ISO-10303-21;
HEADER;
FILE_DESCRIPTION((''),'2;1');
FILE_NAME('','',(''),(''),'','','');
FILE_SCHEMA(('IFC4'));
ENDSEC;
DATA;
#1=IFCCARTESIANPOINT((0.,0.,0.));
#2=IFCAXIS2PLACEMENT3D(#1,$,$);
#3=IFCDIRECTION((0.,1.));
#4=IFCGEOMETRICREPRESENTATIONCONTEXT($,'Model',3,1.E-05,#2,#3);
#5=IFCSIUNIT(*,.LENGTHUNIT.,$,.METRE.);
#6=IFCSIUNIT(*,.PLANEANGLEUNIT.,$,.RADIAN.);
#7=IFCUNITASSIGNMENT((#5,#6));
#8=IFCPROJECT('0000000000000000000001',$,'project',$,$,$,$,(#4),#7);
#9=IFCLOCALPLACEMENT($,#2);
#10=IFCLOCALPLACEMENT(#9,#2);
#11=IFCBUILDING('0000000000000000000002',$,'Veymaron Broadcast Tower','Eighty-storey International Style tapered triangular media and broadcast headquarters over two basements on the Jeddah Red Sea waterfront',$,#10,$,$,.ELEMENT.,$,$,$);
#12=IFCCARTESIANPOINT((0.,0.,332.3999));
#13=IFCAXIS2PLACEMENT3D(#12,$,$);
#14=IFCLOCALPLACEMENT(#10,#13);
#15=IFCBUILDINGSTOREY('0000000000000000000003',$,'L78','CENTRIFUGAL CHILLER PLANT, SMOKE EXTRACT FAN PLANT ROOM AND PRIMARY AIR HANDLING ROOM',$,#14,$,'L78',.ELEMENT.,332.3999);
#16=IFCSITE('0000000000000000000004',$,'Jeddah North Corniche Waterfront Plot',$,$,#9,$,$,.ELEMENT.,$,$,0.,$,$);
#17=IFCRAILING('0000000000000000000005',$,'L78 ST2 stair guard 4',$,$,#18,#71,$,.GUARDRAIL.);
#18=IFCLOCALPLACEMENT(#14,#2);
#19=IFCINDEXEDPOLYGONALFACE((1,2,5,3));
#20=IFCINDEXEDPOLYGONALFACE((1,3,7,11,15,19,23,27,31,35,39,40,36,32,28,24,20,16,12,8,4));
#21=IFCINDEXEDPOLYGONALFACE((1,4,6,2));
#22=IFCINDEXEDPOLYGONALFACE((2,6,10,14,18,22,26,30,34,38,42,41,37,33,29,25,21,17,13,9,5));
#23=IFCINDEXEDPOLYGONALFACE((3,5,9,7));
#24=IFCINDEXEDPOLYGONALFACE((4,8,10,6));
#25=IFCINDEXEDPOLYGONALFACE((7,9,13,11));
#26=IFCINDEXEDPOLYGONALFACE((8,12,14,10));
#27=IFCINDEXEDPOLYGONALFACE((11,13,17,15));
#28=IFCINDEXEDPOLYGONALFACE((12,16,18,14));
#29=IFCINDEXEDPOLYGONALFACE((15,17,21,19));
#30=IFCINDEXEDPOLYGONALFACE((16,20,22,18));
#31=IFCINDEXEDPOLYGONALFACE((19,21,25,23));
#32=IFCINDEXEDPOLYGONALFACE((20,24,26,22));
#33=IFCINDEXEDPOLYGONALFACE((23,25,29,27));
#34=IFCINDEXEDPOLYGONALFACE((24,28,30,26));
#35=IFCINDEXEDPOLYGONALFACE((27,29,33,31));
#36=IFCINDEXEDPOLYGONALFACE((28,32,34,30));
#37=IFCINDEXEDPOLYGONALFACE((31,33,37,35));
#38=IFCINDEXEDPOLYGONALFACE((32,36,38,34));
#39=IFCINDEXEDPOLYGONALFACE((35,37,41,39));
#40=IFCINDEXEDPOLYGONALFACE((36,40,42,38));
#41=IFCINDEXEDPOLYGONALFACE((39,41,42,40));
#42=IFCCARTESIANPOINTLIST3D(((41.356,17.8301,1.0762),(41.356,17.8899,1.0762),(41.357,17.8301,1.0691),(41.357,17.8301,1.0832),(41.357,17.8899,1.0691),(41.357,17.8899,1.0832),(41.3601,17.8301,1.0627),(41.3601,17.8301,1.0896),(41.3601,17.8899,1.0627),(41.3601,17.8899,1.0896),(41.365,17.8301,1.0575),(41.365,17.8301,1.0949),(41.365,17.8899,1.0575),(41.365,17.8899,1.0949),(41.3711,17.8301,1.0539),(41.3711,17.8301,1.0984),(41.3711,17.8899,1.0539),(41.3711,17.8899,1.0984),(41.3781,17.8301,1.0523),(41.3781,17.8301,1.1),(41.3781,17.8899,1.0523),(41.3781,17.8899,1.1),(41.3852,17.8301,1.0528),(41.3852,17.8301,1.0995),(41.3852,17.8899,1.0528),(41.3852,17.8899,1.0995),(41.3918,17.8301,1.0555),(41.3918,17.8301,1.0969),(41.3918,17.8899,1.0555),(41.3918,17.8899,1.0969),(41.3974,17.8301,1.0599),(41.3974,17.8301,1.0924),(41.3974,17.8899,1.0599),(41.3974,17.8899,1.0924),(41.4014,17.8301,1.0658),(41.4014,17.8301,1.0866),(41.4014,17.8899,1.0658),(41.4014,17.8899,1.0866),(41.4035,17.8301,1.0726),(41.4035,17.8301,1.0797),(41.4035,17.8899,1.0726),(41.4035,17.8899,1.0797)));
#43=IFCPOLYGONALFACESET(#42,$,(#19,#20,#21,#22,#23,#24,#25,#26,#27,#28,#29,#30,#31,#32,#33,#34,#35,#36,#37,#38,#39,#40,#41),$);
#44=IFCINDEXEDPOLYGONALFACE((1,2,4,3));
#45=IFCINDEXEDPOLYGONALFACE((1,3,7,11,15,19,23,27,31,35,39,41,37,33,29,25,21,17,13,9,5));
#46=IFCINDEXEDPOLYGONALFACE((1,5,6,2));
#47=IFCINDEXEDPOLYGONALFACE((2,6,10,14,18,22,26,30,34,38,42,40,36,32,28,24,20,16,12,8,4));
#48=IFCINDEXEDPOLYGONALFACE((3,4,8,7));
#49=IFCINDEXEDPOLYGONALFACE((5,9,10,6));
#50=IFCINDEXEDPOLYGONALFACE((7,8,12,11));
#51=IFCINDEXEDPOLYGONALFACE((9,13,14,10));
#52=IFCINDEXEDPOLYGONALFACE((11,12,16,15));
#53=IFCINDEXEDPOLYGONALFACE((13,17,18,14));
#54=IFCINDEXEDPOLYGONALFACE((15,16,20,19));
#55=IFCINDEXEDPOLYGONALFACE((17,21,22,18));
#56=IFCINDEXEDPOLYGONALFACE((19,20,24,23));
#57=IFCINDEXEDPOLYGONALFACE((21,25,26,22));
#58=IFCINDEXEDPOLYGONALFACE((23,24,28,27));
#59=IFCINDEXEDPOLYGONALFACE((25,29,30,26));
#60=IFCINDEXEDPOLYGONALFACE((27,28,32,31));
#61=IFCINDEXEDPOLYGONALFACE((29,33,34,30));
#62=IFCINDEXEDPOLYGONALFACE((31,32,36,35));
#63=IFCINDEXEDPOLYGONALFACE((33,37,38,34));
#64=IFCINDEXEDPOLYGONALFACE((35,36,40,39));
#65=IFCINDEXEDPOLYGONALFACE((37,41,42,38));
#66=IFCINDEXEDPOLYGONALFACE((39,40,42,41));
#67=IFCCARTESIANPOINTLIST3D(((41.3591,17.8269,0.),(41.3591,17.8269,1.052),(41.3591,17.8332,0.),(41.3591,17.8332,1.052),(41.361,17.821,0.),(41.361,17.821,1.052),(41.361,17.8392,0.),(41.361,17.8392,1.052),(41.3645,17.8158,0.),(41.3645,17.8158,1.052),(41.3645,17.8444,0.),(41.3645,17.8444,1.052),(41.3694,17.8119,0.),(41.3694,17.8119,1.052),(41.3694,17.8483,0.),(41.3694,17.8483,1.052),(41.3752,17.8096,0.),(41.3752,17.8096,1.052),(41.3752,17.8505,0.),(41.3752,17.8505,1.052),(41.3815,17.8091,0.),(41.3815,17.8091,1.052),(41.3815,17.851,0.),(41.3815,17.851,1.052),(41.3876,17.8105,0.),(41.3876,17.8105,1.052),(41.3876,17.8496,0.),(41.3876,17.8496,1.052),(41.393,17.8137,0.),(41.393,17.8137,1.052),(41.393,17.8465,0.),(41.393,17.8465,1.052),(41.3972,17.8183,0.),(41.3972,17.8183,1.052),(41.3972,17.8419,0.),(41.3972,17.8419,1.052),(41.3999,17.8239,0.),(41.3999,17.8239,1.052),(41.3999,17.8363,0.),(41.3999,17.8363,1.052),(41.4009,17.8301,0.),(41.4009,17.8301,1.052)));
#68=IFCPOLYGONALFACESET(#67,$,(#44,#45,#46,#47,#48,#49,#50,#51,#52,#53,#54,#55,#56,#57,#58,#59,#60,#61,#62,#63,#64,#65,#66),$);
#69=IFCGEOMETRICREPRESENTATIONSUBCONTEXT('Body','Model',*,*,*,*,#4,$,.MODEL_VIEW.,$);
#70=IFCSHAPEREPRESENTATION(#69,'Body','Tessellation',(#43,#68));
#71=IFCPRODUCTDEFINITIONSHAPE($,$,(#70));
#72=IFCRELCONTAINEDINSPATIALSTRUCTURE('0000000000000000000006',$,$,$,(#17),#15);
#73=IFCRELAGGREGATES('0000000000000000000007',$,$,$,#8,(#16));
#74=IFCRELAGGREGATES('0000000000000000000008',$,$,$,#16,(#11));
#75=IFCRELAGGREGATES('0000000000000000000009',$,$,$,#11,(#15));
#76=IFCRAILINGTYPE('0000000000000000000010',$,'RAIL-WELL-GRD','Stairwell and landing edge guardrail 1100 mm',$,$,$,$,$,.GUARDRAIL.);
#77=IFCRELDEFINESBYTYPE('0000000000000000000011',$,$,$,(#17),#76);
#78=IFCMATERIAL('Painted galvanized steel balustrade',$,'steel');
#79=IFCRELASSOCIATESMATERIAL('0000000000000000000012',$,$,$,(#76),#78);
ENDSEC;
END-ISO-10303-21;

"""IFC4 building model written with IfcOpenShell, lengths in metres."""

from ifc_helpers import new_model, si_unit, direction, frame, origin, origin_2d, place, context, subcontext, project, spatial, circle, extrude, material, type_object, element, save


model = new_model("IFC4")

# Units and contexts
model_context = context("Model", 3, precision=1e-05, world=origin(), true_north=direction((0.0, 1.0)))
body_context = subcontext(model_context, "Body", "Model", "MODEL_VIEW")
ifc_project = project(units=[si_unit("LENGTHUNIT", "METRE"), si_unit("PLANEANGLEUNIT", "RADIAN")], contexts=[model_context])

# Site, building, storey
site_placement = place(None, origin())
site = spatial("IfcSite", under=ifc_project, at=site_placement, Name="Jeddah North Corniche Waterfront Plot", CompositionType="ELEMENT", RefElevation=0.0)
building_placement = place(site_placement, origin())
building = spatial("IfcBuilding", under=site, at=building_placement, Name="Veymaron Broadcast Tower", Description="Eighty-storey International Style tapered triangular media and broadcast headquarters over two basements on the Jeddah Red Sea waterfront", CompositionType="ELEMENT")
storey_placement = place(building_placement, frame((0.0, 0.0, 332.3999)))
storey = spatial("IfcBuildingStorey", under=building, at=storey_placement, Name="L78", Description="CENTRIFUGAL CHILLER PLANT, SMOKE EXTRACT FAN PLANT ROOM AND PRIMARY AIR HANDLING ROOM", LongName="L78", CompositionType="ELEMENT", Elevation=332.3999)

# Railing
ifc_material_1 = material(Name="Painted galvanized steel balustrade", Category="steel")
railing_type_1 = type_object("IfcRailingType", Name="RAIL-WELL-GRD", Description="Stairwell and landing edge guardrail 1100 mm", PredefinedType="GUARDRAIL", material=ifc_material_1)
railing_1_placement = place(storey_placement, frame((41.3799, 17.8301, 0.0)))
element("IfcRailing", 1, at=railing_1_placement, inside=storey, type_object=railing_type_1, Name="L78 ST2 stair guard 4", PredefinedType="GUARDRAIL", context=body_context, shape_type="SweptSolid", body=[
    extrude(circle(Radius=0.0239, at=origin_2d()), frame((0.0, 0.0, 1.0762), z_axis=(0.0, 1.0, 0.0), x_axis=(-1.0, 0.0, 0.0)), (0.0, 0.0, 1.0), 0.0598),
    extrude(circle(Radius=0.021, at=origin_2d()), origin(), (0.0, 0.0, 1.0), 1.052),
])

save(model, "model.ifc")
